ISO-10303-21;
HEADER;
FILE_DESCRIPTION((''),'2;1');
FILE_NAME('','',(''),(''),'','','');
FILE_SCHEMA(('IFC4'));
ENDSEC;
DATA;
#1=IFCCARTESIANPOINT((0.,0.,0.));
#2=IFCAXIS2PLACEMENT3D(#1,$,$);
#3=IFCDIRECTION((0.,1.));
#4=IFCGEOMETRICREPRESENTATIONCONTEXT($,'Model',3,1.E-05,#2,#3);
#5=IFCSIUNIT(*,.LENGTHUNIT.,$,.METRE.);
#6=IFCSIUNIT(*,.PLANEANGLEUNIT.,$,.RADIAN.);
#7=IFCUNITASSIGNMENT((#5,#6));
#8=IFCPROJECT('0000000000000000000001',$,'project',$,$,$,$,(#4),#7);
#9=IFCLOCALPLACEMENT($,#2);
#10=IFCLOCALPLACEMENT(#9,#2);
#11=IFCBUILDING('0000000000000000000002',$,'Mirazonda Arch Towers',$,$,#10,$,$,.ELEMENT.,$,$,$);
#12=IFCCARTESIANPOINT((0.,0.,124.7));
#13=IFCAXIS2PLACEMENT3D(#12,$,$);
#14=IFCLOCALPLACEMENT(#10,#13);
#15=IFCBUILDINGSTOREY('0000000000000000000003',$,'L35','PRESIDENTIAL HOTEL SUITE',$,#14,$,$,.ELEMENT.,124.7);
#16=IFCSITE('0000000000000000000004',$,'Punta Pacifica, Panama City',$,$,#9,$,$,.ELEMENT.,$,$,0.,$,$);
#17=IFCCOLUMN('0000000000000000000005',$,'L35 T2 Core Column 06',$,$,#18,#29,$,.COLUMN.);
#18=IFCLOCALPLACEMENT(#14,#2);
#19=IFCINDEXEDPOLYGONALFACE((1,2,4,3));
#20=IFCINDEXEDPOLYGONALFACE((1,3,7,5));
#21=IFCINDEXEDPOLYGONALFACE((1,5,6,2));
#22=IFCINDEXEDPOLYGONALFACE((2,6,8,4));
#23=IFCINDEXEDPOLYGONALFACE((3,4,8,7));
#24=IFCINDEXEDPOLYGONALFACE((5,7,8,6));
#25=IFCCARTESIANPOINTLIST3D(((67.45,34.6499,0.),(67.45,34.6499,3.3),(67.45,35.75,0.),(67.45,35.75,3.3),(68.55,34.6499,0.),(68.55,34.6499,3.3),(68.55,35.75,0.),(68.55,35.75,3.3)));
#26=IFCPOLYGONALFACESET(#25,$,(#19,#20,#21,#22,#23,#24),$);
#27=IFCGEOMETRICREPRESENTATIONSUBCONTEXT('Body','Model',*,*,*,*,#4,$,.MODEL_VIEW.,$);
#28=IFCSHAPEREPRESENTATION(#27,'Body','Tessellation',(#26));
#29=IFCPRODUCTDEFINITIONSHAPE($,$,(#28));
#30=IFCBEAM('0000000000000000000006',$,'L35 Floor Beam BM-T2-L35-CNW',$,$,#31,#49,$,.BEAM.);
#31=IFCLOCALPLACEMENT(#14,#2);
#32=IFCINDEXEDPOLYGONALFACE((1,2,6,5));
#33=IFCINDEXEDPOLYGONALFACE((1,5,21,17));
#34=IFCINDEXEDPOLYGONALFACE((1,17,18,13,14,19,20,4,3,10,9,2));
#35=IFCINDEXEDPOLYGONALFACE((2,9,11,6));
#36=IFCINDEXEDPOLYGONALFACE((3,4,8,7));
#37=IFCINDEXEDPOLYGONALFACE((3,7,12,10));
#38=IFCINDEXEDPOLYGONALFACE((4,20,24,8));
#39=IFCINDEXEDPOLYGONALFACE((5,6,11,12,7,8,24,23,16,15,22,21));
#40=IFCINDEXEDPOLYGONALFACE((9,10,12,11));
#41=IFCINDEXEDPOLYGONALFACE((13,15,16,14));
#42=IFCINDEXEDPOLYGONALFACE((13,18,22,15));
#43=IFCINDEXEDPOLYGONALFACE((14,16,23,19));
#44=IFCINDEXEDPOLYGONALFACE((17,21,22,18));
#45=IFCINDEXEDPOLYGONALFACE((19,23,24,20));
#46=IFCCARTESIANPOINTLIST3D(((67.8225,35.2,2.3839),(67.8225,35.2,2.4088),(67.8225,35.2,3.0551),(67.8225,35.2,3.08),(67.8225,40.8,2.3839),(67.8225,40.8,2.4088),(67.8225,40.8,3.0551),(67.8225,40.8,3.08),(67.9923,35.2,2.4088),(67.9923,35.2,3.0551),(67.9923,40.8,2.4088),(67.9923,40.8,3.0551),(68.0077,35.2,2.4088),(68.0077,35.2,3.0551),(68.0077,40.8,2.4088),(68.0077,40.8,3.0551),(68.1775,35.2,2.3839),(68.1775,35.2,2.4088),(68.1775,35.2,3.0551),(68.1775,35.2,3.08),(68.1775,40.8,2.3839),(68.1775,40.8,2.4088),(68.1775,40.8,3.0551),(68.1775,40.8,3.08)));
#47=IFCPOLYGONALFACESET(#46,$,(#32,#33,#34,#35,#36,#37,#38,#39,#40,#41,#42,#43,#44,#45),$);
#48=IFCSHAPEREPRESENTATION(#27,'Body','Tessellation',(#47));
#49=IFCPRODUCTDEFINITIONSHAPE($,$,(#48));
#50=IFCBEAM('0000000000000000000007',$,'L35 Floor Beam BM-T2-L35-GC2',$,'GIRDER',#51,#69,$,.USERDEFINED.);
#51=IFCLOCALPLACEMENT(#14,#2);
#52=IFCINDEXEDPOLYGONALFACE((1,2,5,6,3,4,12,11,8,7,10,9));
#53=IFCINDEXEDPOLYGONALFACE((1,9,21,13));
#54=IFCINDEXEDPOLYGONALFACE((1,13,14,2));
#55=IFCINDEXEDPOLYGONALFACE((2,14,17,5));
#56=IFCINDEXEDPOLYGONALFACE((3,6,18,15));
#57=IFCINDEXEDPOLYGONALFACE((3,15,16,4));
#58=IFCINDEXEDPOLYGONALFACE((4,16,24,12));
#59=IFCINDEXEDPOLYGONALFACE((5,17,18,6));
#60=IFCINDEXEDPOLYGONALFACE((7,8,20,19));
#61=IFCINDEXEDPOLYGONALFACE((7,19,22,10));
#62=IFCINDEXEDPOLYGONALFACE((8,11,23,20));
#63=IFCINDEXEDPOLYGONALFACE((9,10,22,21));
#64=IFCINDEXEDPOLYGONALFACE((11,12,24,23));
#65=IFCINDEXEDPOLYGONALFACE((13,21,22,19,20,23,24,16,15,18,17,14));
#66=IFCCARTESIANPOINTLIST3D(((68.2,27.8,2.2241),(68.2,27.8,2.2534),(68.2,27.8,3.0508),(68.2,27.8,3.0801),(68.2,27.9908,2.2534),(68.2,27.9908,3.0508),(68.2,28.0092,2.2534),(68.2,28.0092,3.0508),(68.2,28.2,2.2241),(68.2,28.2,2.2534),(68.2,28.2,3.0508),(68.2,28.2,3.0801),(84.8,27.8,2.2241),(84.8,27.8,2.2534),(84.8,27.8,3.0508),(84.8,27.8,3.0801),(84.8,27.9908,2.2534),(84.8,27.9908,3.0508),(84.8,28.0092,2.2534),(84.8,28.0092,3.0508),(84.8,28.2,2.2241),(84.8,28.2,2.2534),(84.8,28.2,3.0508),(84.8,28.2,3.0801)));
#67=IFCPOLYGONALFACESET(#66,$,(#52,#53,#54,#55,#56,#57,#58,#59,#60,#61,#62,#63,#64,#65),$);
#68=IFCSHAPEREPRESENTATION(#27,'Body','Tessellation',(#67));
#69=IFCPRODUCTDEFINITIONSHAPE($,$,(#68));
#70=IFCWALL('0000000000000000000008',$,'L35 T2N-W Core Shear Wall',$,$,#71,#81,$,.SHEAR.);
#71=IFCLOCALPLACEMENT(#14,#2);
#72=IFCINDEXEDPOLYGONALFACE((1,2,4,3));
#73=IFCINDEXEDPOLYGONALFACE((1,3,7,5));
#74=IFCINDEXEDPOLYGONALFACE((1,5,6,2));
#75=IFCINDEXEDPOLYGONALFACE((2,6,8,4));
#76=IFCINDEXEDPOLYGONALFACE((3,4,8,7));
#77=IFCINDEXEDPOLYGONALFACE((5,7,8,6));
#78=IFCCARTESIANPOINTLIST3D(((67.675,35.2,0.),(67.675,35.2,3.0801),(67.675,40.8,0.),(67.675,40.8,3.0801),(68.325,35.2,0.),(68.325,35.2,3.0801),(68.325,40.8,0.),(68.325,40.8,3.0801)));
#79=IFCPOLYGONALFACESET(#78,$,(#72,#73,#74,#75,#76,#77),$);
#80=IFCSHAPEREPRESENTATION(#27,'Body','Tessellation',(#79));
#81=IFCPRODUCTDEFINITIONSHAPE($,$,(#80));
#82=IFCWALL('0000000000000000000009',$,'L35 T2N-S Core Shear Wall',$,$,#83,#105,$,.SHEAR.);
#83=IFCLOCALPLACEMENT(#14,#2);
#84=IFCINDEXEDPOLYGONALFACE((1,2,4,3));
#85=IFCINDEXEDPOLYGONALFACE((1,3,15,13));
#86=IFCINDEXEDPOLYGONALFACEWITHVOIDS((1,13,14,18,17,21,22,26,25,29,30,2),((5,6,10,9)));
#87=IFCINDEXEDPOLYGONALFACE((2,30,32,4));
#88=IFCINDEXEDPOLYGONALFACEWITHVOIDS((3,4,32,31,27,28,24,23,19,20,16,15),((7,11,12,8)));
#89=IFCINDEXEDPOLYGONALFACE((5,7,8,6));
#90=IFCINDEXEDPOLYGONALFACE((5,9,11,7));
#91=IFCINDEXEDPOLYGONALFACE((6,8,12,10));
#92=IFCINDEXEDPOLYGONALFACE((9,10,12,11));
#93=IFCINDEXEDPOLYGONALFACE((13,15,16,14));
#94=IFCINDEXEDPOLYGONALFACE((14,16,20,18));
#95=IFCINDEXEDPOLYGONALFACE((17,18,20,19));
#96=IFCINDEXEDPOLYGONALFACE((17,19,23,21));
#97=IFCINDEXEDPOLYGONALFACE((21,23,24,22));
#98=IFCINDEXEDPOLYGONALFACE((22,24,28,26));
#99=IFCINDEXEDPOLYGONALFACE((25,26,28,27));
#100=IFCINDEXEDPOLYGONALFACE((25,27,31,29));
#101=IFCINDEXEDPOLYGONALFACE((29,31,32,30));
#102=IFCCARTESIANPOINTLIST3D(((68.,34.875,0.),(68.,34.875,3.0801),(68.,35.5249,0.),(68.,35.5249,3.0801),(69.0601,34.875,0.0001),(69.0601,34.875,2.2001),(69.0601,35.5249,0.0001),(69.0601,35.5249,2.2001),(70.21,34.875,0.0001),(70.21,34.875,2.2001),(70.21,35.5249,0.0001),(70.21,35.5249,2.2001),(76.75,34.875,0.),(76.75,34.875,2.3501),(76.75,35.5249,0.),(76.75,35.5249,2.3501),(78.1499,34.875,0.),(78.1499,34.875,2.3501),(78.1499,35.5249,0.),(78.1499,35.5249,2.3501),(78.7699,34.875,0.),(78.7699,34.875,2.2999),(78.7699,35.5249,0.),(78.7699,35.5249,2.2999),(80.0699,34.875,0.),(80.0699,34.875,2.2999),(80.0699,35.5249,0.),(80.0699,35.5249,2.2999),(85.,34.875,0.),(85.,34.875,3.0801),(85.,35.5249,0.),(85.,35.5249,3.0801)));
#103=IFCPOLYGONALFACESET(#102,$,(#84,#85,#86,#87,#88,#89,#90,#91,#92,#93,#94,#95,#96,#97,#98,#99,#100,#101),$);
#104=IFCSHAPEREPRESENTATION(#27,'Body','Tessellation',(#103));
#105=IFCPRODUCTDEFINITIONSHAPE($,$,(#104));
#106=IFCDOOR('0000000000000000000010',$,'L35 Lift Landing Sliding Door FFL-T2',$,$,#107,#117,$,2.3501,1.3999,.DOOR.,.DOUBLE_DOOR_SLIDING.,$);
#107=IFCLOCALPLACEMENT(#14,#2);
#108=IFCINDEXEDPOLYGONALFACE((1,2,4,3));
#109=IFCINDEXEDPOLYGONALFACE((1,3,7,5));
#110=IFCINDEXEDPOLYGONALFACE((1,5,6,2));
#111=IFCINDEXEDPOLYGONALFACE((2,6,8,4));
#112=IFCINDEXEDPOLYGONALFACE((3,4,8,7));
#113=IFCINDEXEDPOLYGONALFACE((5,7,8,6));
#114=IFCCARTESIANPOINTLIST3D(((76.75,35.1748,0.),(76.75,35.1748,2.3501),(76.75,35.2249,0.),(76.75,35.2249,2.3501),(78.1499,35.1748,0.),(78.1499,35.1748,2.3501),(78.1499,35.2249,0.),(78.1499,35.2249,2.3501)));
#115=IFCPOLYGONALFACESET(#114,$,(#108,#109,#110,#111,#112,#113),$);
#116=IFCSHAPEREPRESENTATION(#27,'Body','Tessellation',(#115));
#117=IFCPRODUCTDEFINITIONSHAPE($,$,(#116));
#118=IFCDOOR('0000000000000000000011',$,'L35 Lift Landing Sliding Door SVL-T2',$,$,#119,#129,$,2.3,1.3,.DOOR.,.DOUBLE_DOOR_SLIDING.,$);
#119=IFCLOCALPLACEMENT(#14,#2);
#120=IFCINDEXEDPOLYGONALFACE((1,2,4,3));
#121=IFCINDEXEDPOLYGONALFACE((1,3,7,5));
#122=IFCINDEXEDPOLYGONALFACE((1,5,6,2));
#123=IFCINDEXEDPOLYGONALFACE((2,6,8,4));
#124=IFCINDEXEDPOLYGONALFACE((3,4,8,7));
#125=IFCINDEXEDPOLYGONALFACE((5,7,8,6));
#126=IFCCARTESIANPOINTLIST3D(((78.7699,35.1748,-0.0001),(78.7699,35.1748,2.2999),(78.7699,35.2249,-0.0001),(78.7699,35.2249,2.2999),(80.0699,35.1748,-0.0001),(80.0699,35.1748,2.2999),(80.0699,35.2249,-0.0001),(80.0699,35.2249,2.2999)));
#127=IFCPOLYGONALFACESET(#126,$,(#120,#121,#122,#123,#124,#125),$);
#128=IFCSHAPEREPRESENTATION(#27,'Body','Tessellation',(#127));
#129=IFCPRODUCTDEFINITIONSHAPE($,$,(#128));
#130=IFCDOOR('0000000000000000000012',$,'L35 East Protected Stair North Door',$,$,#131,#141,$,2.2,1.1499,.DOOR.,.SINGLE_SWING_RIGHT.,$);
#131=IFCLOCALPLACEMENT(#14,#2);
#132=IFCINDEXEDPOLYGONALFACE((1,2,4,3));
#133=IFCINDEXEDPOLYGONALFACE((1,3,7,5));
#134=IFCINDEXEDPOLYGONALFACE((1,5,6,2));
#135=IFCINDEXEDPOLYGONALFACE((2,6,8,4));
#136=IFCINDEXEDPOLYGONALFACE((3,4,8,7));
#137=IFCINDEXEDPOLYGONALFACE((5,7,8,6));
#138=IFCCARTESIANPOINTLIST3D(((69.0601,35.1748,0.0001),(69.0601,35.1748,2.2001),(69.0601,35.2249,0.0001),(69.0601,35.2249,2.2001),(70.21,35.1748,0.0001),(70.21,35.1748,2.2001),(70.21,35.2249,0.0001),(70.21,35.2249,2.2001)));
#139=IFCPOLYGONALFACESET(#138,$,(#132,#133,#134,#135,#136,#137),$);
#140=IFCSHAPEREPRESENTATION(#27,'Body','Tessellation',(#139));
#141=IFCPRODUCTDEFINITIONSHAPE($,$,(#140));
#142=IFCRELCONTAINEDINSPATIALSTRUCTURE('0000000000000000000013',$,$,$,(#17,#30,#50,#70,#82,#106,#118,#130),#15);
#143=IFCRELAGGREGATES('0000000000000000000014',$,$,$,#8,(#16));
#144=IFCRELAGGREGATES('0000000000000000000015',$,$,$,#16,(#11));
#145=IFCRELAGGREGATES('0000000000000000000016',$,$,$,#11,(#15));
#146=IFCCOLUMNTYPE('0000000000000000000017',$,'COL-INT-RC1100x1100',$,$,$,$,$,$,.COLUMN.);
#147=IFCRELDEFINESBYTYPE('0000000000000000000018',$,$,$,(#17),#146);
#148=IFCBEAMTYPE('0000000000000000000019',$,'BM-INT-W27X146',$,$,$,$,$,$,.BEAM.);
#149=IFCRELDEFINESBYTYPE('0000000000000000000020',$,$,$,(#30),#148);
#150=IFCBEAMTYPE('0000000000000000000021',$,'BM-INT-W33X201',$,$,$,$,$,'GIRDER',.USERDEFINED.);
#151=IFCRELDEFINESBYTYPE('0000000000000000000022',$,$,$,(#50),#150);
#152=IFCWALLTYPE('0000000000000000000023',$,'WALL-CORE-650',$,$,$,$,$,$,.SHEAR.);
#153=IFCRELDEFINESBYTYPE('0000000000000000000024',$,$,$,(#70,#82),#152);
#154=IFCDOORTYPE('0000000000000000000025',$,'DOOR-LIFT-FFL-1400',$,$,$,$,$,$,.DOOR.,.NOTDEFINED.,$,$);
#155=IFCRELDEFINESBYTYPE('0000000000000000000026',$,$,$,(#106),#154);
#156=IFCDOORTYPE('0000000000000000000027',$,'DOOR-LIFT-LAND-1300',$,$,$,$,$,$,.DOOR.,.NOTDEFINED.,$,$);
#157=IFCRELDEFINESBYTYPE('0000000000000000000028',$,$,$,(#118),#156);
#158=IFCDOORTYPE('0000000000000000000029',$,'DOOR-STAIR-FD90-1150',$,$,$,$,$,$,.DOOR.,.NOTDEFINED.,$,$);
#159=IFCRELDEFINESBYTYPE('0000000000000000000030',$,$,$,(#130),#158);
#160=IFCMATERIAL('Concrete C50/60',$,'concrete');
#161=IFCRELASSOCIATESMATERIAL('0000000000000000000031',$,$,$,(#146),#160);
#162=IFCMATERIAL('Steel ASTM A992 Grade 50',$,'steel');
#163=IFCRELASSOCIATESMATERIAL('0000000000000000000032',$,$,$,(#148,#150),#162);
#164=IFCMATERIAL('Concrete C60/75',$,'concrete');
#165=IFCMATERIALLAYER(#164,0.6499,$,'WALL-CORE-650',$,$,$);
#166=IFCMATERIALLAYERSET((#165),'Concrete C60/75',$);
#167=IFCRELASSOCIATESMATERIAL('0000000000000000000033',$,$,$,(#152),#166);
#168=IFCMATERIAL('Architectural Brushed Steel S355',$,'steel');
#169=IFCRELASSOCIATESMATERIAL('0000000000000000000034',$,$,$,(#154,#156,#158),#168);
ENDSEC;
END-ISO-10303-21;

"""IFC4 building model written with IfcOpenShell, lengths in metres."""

from ifc_helpers import new_model, si_unit, direction, frame, frame_2d, origin, origin_2d, place, context, subcontext, project, spatial, rectangle, i_section, extrude, material, layer, layer_set, material_profile, profile_set, type_object, element, fill, save


model = new_model("IFC4")

# Units and contexts
model_context = context("Model", 3, precision=1e-05, world=origin(), true_north=direction((0.0, 1.0)))
body_context = subcontext(model_context, "Body", "Model", "MODEL_VIEW")
ifc_project = project(units=[si_unit("LENGTHUNIT", "METRE"), si_unit("PLANEANGLEUNIT", "RADIAN")], contexts=[model_context])

# Site, building, storey
site_placement = place(None, origin())
site = spatial("IfcSite", under=ifc_project, at=site_placement, Name="Punta Pacifica, Panama City", CompositionType="ELEMENT", RefElevation=0.0)
building_placement = place(site_placement, origin())
building = spatial("IfcBuilding", under=site, at=building_placement, Name="Mirazonda Arch Towers", CompositionType="ELEMENT")
storey_placement = place(building_placement, frame((0.0, 0.0, 124.7)))
storey = spatial("IfcBuildingStorey", under=building, at=storey_placement, Name="L35", Description="PRESIDENTIAL HOTEL SUITE", CompositionType="ELEMENT", Elevation=124.7)

# Column
ifc_material_1 = material(Name="Concrete C50/60", Category="concrete")
ifc_material_profile_1 = material_profile(ifc_material_1, rectangle(XDim=1.1001, YDim=1.1001, at=origin_2d()), Name="RC1100x1100")
ifc_profile_set_1 = profile_set([ifc_material_profile_1], Name="Concrete C50/60")
column_type = type_object("IfcColumnType", Name="COL-INT-RC1100x1100", PredefinedType="COLUMN", material=ifc_profile_set_1)
column_placement = place(storey_placement, frame((68.0, 35.2, 0.0), z_axis=(0.0, 0.0, 1.0), x_axis=(1.0, 0.0, 0.0)))
element("IfcColumn", 1, at=column_placement, inside=storey, type_object=column_type, Name="L35 T2 Core Column 06", PredefinedType="COLUMN", context=body_context, shape_type="SweptSolid", body=[
    extrude(rectangle(XDim=1.1001, YDim=1.1001, at=origin_2d()), origin(), (0.0, 0.0, 1.0), 3.3),
])

# Beams
ifc_material_2 = material(Name="Steel ASTM A992 Grade 50", Category="steel")
ifc_material_profile_2 = material_profile(ifc_material_2, i_section(OverallWidth=0.355, OverallDepth=0.696, WebThickness=0.0154, FlangeThickness=0.0249, at=origin_2d()), Name="W27X146")
ifc_profile_set_2 = profile_set([ifc_material_profile_2], Name="Steel ASTM A992 Grade 50")
beam_type_1 = type_object("IfcBeamType", Name="BM-INT-W27X146", PredefinedType="BEAM", material=ifc_profile_set_2)
beam_1_placement = place(storey_placement, frame((68.0, 35.2, 2.7319), z_axis=(0.0, 1.0, 0.0), x_axis=(-1.0, 0.0, 0.0)))
element("IfcBeam", 2, at=beam_1_placement, inside=storey, type_object=beam_type_1, Name="L35 Floor Beam BM-T2-L35-CNW", PredefinedType="BEAM", context=body_context, shape_type="SweptSolid", body=[
    extrude(i_section(OverallWidth=0.355, OverallDepth=0.696, WebThickness=0.0154, FlangeThickness=0.0249, at=origin_2d()), origin(), (0.0, 0.0, 1.0), 5.6001),
])
ifc_material_profile_3 = material_profile(ifc_material_2, i_section(OverallWidth=0.3999, OverallDepth=0.856, WebThickness=0.0183, FlangeThickness=0.0293, at=origin_2d()), Name="W33X201")
ifc_profile_set_3 = profile_set([ifc_material_profile_3], Name="Steel ASTM A992 Grade 50")
beam_type_2 = type_object("IfcBeamType", Name="BM-INT-W33X201", ElementType="GIRDER", PredefinedType="USERDEFINED", material=ifc_profile_set_3)
beam_2_placement = place(storey_placement, frame((68.2, 28.0, 2.6521), z_axis=(1.0, 0.0, 0.0), x_axis=(0.0, 1.0, 0.0)))
element("IfcBeam", 3, at=beam_2_placement, inside=storey, type_object=beam_type_2, Name="L35 Floor Beam BM-T2-L35-GC2", ObjectType="GIRDER", PredefinedType="USERDEFINED", context=body_context, shape_type="SweptSolid", body=[
    extrude(i_section(OverallWidth=0.3999, OverallDepth=0.856, WebThickness=0.0183, FlangeThickness=0.0293, at=origin_2d()), origin(), (0.0, 0.0, 1.0), 16.6001),
])

# Wall
ifc_material_3 = material(Name="Concrete C60/75", Category="concrete")
ifc_layer_1 = layer(ifc_material_3, 0.6499, Name="WALL-CORE-650")
ifc_layer_set_1 = layer_set([ifc_layer_1], Name="Concrete C60/75")
wall_type_1 = type_object("IfcWallType", Name="WALL-CORE-650", PredefinedType="SHEAR", material=ifc_layer_set_1)
wall_1_placement = place(storey_placement, frame((68.0, 35.2, 0.0), z_axis=(0.0, 0.0, 1.0), x_axis=(0.0, 1.0, 0.0)))
element("IfcWall", 4, at=wall_1_placement, inside=storey, type_object=wall_type_1, Name="L35 T2N-W Core Shear Wall", PredefinedType="SHEAR", context=body_context, shape_type="SweptSolid", body=[
    extrude(rectangle(XDim=5.6001, YDim=0.6499, at=frame_2d((2.8, 0.0))), origin(), (0.0, 0.0, 1.0), 3.0801),
])

# Wall, openings, doors
wall_2_placement = place(storey_placement, frame((68.0, 35.2, 0.0), z_axis=(0.0, 0.0, 1.0), x_axis=(1.0, 0.0, 0.0)))
wall_2 = element("IfcWall", 5, at=wall_2_placement, inside=storey, type_object=wall_type_1, Name="L35 T2N-S Core Shear Wall", PredefinedType="SHEAR", context=body_context, shape_type="SweptSolid", body=[
    extrude(rectangle(XDim=17.0, YDim=0.6499, at=frame_2d((8.5, 0.0))), origin(), (0.0, 0.0, 1.0), 3.0801),
])
opening_1_placement = place(wall_2_placement, frame((1.0601, 0.0, 0.0)))
opening_1 = element("IfcOpeningElement", 6, at=opening_1_placement, cuts=wall_2, PredefinedType="OPENING", context=body_context, shape_type="SweptSolid", body=[
    extrude(rectangle(XDim=1.1499, YDim=2.2, at=frame_2d((0.575, 1.1001))), frame((0.0, 0.335, 0.0), z_axis=(0.0, -1.0, 0.0), x_axis=(1.0, 0.0, 0.0)), (0.0, 0.0, 1.0), 0.6699),
])
opening_2_placement = place(wall_2_placement, frame((8.75, 0.0, 0.0)))
opening_2 = element("IfcOpeningElement", 7, at=opening_2_placement, cuts=wall_2, PredefinedType="OPENING", context=body_context, shape_type="SweptSolid", body=[
    extrude(rectangle(XDim=1.3999, YDim=2.3501, at=frame_2d((0.7, 1.175))), frame((0.0, 0.335, 0.0), z_axis=(0.0, -1.0, 0.0), x_axis=(1.0, 0.0, 0.0)), (0.0, 0.0, 1.0), 0.6699),
])
opening_3_placement = place(wall_2_placement, frame((10.77, 0.0, 0.0)))
opening_3 = element("IfcOpeningElement", 8, at=opening_3_placement, cuts=wall_2, PredefinedType="OPENING", context=body_context, shape_type="SweptSolid", body=[
    extrude(rectangle(XDim=1.3, YDim=2.3, at=frame_2d((0.6499, 1.1499))), frame((0.0, 0.335, 0.0), z_axis=(0.0, -1.0, 0.0), x_axis=(1.0, 0.0, 0.0)), (0.0, 0.0, 1.0), 0.6699),
])
ifc_material_4 = material(Name="Architectural Brushed Steel S355", Category="steel")
door_type_1 = type_object("IfcDoorType", Name="DOOR-LIFT-FFL-1400", OperationType="NOTDEFINED", PredefinedType="DOOR", material=ifc_material_4)
door_1_placement = place(opening_2_placement, origin())
door_1 = element("IfcDoor", 9, at=door_1_placement, inside=storey, type_object=door_type_1, Name="L35 Lift Landing Sliding Door FFL-T2", OperationType="DOUBLE_DOOR_SLIDING", OverallHeight=2.3501, OverallWidth=1.3999, PredefinedType="DOOR", context=body_context, shape_type="SweptSolid", body=[
    extrude(rectangle(XDim=1.3999, YDim=2.3501, at=frame_2d((0.7, 1.175))), frame((0.0, 0.0249, 0.0), z_axis=(0.0, -1.0, 0.0), x_axis=(1.0, 0.0, 0.0)), (0.0, 0.0, 1.0), 0.05),
])
fill(opening_2, door_1)
door_type_2 = type_object("IfcDoorType", Name="DOOR-LIFT-LAND-1300", OperationType="NOTDEFINED", PredefinedType="DOOR", material=ifc_material_4)
door_2_placement = place(opening_3_placement, origin())
door_2 = element("IfcDoor", 10, at=door_2_placement, inside=storey, type_object=door_type_2, Name="L35 Lift Landing Sliding Door SVL-T2", OperationType="DOUBLE_DOOR_SLIDING", OverallHeight=2.3, OverallWidth=1.3, PredefinedType="DOOR", context=body_context, shape_type="SweptSolid", body=[
    extrude(rectangle(XDim=1.3, YDim=2.3, at=frame_2d((0.6499, 1.1499))), frame((0.0, 0.0249, 0.0), z_axis=(0.0, -1.0, 0.0), x_axis=(1.0, 0.0, 0.0)), (0.0, 0.0, 1.0), 0.05),
])
fill(opening_3, door_2)
door_type_3 = type_object("IfcDoorType", Name="DOOR-STAIR-FD90-1150", OperationType="NOTDEFINED", PredefinedType="DOOR", material=ifc_material_4)
door_3_placement = place(opening_1_placement, origin())
door_3 = element("IfcDoor", 11, at=door_3_placement, inside=storey, type_object=door_type_3, Name="L35 East Protected Stair North Door", OperationType="SINGLE_SWING_RIGHT", OverallHeight=2.2, OverallWidth=1.1499, PredefinedType="DOOR", context=body_context, shape_type="SweptSolid", body=[
    extrude(rectangle(XDim=1.1499, YDim=2.2, at=frame_2d((0.575, 1.1001))), frame((0.0, 0.0249, 0.0), z_axis=(0.0, -1.0, 0.0), x_axis=(1.0, 0.0, 0.0)), (0.0, 0.0, 1.0), 0.05),
])
fill(opening_1, door_3)

save(model, "model.ifc")
